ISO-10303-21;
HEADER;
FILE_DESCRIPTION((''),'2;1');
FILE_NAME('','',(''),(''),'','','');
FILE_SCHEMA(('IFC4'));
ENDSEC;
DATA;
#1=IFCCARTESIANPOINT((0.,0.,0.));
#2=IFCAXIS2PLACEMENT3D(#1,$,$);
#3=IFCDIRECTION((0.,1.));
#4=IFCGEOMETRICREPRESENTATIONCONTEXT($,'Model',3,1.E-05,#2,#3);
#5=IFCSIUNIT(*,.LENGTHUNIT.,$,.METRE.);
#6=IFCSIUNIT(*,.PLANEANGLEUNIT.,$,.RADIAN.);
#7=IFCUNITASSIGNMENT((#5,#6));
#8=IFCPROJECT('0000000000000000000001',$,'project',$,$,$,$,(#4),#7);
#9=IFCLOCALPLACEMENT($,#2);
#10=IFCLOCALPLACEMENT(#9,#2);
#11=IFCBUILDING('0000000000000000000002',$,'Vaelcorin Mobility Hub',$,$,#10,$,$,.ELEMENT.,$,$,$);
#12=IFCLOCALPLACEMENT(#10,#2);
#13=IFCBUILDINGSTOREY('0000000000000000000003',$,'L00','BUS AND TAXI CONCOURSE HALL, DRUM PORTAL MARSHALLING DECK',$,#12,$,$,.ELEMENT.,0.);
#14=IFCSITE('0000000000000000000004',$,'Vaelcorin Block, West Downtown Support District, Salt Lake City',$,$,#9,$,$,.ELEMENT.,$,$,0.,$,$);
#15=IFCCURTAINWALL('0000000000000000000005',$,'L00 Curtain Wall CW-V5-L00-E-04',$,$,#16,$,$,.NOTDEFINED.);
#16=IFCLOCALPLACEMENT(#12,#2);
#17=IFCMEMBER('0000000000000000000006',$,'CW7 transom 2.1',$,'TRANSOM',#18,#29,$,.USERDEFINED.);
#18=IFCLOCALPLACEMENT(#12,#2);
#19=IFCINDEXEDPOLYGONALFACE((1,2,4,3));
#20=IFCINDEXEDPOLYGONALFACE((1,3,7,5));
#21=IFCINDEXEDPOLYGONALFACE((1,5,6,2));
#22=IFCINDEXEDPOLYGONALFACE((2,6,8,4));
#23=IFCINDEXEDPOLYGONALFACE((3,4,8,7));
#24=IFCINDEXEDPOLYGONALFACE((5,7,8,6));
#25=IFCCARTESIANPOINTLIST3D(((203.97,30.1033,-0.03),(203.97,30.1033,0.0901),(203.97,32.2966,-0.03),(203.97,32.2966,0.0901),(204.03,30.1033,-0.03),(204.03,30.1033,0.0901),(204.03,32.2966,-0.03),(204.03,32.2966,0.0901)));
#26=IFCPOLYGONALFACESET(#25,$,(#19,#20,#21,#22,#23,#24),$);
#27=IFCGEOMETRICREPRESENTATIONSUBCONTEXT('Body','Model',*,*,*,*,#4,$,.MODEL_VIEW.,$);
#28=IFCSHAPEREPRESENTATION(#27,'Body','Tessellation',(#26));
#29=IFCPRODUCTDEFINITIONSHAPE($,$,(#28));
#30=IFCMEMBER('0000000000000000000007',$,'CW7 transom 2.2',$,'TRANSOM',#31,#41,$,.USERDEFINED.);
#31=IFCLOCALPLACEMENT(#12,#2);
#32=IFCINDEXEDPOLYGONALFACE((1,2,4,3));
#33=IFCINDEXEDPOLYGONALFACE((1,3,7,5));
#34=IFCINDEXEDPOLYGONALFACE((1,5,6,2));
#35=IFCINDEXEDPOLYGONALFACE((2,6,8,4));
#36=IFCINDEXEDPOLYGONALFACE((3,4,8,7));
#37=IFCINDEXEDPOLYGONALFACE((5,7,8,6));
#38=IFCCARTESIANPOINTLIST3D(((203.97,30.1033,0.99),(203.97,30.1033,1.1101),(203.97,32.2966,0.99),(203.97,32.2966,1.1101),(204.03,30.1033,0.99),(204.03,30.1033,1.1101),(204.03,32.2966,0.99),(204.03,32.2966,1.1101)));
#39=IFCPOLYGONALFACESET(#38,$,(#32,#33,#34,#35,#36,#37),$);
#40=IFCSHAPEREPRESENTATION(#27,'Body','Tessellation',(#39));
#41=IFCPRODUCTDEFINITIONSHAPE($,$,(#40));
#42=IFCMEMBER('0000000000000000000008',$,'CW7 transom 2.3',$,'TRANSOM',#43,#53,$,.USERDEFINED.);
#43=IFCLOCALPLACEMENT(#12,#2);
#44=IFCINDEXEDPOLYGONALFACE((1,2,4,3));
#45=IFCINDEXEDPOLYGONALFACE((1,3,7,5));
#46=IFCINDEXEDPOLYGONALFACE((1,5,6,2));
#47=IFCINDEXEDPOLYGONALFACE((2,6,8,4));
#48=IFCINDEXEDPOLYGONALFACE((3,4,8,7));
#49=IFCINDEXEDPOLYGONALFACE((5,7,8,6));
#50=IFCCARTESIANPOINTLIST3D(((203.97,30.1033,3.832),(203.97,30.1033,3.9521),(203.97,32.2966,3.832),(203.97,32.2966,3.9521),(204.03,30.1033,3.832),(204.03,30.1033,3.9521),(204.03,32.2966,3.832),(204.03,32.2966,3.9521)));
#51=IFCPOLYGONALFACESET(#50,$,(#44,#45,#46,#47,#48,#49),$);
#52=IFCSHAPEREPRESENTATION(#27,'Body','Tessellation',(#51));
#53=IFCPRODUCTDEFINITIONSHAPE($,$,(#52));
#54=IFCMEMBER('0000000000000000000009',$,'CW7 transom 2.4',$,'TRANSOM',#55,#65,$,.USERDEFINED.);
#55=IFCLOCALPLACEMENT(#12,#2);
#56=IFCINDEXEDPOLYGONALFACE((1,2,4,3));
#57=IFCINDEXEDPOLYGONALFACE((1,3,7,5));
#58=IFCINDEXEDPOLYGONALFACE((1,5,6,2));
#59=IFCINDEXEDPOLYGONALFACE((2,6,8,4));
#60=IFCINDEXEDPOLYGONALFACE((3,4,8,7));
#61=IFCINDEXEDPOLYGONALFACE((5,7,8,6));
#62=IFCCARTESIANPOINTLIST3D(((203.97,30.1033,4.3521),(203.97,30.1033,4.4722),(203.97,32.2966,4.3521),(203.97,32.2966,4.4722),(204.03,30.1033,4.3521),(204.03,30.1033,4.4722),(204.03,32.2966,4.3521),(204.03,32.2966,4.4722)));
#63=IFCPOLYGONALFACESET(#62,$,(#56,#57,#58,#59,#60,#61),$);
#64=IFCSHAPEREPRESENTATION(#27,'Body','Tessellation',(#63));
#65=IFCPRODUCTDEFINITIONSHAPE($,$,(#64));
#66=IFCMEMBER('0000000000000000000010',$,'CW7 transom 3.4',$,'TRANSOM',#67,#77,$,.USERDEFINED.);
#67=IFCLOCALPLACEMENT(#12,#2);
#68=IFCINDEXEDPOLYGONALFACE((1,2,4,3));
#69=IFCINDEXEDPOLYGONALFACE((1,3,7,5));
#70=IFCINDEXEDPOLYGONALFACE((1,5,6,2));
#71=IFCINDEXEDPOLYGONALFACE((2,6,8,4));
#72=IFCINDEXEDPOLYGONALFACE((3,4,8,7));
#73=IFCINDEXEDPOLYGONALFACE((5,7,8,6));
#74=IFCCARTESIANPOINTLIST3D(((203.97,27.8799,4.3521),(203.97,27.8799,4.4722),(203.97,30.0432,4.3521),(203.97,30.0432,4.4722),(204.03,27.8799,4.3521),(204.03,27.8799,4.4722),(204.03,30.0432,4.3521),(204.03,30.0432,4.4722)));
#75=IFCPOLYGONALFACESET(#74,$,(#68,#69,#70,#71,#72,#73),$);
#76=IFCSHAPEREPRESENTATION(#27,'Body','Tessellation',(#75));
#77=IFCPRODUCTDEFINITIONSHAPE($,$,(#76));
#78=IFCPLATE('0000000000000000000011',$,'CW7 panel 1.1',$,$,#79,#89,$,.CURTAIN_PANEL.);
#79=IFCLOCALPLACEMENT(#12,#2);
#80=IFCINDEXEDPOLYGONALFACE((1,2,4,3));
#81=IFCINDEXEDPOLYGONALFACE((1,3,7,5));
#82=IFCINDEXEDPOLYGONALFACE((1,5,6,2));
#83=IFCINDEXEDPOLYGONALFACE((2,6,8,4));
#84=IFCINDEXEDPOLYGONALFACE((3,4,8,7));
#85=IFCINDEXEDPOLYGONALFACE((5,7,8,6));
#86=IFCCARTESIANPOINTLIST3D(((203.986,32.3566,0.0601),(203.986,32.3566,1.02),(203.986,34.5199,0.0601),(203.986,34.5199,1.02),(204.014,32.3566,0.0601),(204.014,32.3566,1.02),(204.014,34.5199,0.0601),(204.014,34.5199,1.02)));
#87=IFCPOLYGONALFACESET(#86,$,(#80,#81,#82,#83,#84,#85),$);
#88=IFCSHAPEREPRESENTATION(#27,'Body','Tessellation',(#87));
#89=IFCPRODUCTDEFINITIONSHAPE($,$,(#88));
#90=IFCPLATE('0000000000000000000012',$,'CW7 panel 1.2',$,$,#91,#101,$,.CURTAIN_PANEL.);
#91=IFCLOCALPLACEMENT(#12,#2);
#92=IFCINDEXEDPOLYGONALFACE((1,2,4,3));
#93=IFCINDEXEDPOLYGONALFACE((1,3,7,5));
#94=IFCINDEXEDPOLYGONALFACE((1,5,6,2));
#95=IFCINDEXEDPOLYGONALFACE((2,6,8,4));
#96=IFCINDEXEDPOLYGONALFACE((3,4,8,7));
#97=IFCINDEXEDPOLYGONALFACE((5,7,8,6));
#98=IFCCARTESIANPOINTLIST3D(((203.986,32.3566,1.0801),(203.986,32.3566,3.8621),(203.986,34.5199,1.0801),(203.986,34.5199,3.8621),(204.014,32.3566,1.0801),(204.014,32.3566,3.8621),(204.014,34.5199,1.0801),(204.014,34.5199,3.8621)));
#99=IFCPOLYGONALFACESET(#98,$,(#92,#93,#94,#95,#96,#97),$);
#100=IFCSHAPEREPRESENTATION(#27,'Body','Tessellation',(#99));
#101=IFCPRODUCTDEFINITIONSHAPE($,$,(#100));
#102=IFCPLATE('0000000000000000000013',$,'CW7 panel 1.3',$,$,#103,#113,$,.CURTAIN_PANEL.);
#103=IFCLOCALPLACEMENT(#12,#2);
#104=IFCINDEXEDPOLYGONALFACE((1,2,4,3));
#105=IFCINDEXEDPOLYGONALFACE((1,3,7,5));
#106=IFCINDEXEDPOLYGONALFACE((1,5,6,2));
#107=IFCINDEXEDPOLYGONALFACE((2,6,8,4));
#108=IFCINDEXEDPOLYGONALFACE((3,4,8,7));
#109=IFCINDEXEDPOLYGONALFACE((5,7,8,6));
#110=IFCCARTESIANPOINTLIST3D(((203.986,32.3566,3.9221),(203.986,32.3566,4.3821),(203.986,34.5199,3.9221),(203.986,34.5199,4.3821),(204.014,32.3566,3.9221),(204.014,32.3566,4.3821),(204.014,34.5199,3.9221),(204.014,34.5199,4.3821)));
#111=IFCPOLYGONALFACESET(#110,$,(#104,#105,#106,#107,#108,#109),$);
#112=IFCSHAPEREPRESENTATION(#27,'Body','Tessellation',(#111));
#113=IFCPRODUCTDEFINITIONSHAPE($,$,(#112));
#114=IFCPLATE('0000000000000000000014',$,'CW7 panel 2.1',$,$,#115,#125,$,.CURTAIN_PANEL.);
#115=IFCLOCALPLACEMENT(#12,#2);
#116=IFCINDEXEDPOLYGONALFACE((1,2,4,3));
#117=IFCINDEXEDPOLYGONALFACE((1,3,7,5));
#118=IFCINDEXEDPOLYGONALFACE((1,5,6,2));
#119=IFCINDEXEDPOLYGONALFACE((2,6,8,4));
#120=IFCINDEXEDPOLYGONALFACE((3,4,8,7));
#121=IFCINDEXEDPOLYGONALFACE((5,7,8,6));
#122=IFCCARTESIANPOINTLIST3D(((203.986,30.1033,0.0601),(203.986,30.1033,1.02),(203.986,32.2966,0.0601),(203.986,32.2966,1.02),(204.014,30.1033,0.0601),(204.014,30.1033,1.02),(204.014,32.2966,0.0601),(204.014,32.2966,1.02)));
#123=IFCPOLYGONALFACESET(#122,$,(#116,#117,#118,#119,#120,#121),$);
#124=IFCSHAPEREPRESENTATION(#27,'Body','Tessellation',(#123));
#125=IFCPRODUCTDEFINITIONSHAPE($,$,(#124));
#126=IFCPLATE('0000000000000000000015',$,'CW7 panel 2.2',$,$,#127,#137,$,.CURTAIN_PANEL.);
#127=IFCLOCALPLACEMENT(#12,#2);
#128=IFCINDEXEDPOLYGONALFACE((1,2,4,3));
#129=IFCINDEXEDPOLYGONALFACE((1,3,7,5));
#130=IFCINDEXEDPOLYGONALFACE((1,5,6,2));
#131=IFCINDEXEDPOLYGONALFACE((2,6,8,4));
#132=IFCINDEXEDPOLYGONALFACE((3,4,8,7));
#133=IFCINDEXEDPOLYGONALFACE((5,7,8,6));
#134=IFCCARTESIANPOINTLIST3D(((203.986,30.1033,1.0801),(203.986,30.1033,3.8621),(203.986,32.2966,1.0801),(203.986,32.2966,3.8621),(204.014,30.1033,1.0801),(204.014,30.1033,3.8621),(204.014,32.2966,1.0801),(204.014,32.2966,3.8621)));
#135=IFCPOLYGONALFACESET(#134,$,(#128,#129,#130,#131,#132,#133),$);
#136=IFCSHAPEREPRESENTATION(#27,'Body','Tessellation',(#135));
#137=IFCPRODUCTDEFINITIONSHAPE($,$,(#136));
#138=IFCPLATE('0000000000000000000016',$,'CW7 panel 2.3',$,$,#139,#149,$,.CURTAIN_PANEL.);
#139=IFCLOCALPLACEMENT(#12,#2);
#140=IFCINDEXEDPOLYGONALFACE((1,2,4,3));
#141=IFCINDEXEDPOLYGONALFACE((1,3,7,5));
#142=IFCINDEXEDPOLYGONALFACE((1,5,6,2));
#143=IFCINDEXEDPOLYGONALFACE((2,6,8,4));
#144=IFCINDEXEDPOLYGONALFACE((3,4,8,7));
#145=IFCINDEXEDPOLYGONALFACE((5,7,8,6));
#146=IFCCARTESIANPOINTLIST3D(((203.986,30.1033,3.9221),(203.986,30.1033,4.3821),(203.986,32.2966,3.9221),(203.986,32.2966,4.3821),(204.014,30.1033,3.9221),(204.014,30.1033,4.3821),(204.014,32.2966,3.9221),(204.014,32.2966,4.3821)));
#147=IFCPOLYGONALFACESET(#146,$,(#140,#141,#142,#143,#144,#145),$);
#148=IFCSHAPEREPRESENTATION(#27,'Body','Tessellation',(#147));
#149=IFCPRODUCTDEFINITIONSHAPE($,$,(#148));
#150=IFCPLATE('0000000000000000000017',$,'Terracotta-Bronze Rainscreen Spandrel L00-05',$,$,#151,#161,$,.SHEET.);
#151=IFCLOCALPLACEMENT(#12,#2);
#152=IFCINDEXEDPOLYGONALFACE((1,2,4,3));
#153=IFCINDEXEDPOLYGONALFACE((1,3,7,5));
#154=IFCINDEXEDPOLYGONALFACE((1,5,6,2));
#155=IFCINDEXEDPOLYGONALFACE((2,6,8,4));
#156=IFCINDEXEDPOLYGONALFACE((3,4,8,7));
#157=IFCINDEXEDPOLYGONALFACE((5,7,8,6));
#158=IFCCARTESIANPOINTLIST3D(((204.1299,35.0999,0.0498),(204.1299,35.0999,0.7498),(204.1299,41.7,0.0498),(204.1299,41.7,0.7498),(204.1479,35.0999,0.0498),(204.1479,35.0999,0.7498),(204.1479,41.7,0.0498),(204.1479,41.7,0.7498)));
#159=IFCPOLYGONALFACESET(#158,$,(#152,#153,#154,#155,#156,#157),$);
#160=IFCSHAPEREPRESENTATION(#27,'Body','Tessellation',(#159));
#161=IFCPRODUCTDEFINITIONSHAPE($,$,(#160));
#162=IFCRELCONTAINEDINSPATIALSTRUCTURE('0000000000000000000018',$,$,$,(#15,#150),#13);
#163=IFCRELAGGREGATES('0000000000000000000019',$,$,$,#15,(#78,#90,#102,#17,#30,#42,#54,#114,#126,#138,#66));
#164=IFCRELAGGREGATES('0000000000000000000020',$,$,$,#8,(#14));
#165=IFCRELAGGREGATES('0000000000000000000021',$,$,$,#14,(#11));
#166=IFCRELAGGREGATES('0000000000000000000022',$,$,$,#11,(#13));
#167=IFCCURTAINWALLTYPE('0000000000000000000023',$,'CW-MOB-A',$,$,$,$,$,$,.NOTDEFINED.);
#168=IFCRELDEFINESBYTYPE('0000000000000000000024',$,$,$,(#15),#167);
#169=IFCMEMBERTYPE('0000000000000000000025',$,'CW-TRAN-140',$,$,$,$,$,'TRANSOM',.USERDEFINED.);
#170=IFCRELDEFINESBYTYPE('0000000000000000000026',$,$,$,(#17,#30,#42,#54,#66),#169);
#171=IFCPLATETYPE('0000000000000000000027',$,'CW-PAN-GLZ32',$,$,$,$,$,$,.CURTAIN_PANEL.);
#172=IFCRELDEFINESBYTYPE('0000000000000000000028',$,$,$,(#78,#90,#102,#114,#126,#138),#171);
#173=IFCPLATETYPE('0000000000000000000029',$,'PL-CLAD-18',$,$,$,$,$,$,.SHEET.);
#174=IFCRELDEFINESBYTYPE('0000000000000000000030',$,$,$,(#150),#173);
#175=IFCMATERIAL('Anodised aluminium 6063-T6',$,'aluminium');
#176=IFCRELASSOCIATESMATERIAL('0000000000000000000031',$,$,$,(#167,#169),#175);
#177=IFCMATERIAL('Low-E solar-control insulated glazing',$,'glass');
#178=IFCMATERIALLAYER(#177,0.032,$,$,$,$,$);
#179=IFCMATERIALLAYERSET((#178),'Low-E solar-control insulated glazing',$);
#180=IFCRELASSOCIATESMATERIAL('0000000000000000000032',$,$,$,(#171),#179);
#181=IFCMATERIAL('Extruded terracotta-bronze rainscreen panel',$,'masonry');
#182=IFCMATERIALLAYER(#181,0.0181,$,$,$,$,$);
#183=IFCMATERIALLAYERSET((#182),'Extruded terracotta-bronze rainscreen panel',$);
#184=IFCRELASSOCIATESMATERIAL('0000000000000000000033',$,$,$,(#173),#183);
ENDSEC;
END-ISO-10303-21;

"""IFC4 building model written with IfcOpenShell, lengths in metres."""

from ifc_helpers import new_model, si_unit, direction, frame, origin, origin_2d, place, context, subcontext, project, spatial, rectangle, extrude, material, layer, layer_set, material_profile, profile_set, type_object, element, aggregate, save


model = new_model("IFC4")

# Units and contexts
model_context = context("Model", 3, precision=1e-05, world=origin(), true_north=direction((0.0, 1.0)))
body_context = subcontext(model_context, "Body", "Model", "MODEL_VIEW")
ifc_project = project(units=[si_unit("LENGTHUNIT", "METRE"), si_unit("PLANEANGLEUNIT", "RADIAN")], contexts=[model_context])

# Site, building, storey
site_placement = place(None, origin())
site = spatial("IfcSite", under=ifc_project, at=site_placement, Name="Vaelcorin Block, West Downtown Support District, Salt Lake City", CompositionType="ELEMENT", RefElevation=0.0)
building_placement = place(site_placement, origin())
building = spatial("IfcBuilding", under=site, at=building_placement, Name="Vaelcorin Mobility Hub", CompositionType="ELEMENT")
storey_placement = place(building_placement, origin())
storey = spatial("IfcBuildingStorey", under=building, at=storey_placement, Name="L00", Description="BUS AND TAXI CONCOURSE HALL, DRUM PORTAL MARSHALLING DECK", CompositionType="ELEMENT", Elevation=0.0)

# Curtain wall, members, plates
ifc_material_1 = material(Name="Anodised aluminium 6063-T6", Category="aluminium")
curtain_wall_type = type_object("IfcCurtainWallType", Name="CW-MOB-A", PredefinedType="NOTDEFINED", material=ifc_material_1)
curtain_wall_placement = place(storey_placement, origin())
curtain_wall = element("IfcCurtainWall", 1, at=curtain_wall_placement, inside=storey, type_object=curtain_wall_type, Name="L00 Curtain Wall CW-V5-L00-E-04", PredefinedType="NOTDEFINED")
ifc_material_profile_1 = material_profile(ifc_material_1, rectangle(XDim=0.0601, YDim=0.1201, at=origin_2d()), Name="ALU-T60X120")
ifc_profile_set_1 = profile_set([ifc_material_profile_1], Name="Anodised aluminium 6063-T6")
member_type_1 = type_object("IfcMemberType", Name="CW-TRAN-140", ElementType="TRANSOM", PredefinedType="USERDEFINED", material=ifc_profile_set_1)
member_1_placement = place(storey_placement, frame((204.0, 32.2966, 0.03), z_axis=(0.0, -1.0, 0.0), x_axis=(1.0, 0.0, 0.0)))
member_1 = element("IfcMember", 2, at=member_1_placement, type_object=member_type_1, Name="CW7 transom 2.1", ObjectType="TRANSOM", PredefinedType="USERDEFINED", context=body_context, shape_type="SweptSolid", body=[
    extrude(rectangle(XDim=0.0601, YDim=0.1201, at=origin_2d()), origin(), (0.0, 0.0, 1.0), 2.1934),
])
member_2_placement = place(storey_placement, frame((204.0, 32.2966, 1.05), z_axis=(0.0, -1.0, 0.0), x_axis=(1.0, 0.0, 0.0)))
member_2 = element("IfcMember", 3, at=member_2_placement, type_object=member_type_1, Name="CW7 transom 2.2", ObjectType="TRANSOM", PredefinedType="USERDEFINED", context=body_context, shape_type="SweptSolid", body=[
    extrude(rectangle(XDim=0.0601, YDim=0.1201, at=origin_2d()), origin(), (0.0, 0.0, 1.0), 2.1934),
])
member_3_placement = place(storey_placement, frame((204.0, 32.2966, 3.8921), z_axis=(0.0, -1.0, 0.0), x_axis=(1.0, 0.0, 0.0)))
member_3 = element("IfcMember", 4, at=member_3_placement, type_object=member_type_1, Name="CW7 transom 2.3", ObjectType="TRANSOM", PredefinedType="USERDEFINED", context=body_context, shape_type="SweptSolid", body=[
    extrude(rectangle(XDim=0.0601, YDim=0.1201, at=origin_2d()), origin(), (0.0, 0.0, 1.0), 2.1934),
])
member_4_placement = place(storey_placement, frame((204.0, 32.2966, 4.4121), z_axis=(0.0, -1.0, 0.0), x_axis=(1.0, 0.0, 0.0)))
member_4 = element("IfcMember", 5, at=member_4_placement, type_object=member_type_1, Name="CW7 transom 2.4", ObjectType="TRANSOM", PredefinedType="USERDEFINED", context=body_context, shape_type="SweptSolid", body=[
    extrude(rectangle(XDim=0.0601, YDim=0.1201, at=origin_2d()), origin(), (0.0, 0.0, 1.0), 2.1934),
])
member_5_placement = place(storey_placement, frame((204.0, 30.0432, 4.4121), z_axis=(0.0, -1.0, 0.0), x_axis=(1.0, 0.0, 0.0)))
member_5 = element("IfcMember", 6, at=member_5_placement, type_object=member_type_1, Name="CW7 transom 3.4", ObjectType="TRANSOM", PredefinedType="USERDEFINED", context=body_context, shape_type="SweptSolid", body=[
    extrude(rectangle(XDim=0.0601, YDim=0.1201, at=origin_2d()), origin(), (0.0, 0.0, 1.0), 2.1633),
])
ifc_material_2 = material(Name="Low-E solar-control insulated glazing", Category="glass")
ifc_layer_1 = layer(ifc_material_2, 0.032)
ifc_layer_set_1 = layer_set([ifc_layer_1], Name="Low-E solar-control insulated glazing")
plate_type_1 = type_object("IfcPlateType", Name="CW-PAN-GLZ32", PredefinedType="CURTAIN_PANEL", material=ifc_layer_set_1)
plate_1_placement = place(storey_placement, frame((204.0, 33.4382, 0.0601), z_axis=(0.0, 0.0, 1.0), x_axis=(0.0, -1.0, 0.0)))
plate_1 = element("IfcPlate", 7, at=plate_1_placement, type_object=plate_type_1, Name="CW7 panel 1.1", PredefinedType="CURTAIN_PANEL", context=body_context, shape_type="SweptSolid", body=[
    extrude(rectangle(XDim=2.1633, YDim=0.0281, at=origin_2d()), origin(), (0.0, 0.0, 1.0), 0.96),
])
plate_2_placement = place(storey_placement, frame((204.0, 33.4382, 1.0801), z_axis=(0.0, 0.0, 1.0), x_axis=(0.0, -1.0, 0.0)))
plate_2 = element("IfcPlate", 8, at=plate_2_placement, type_object=plate_type_1, Name="CW7 panel 1.2", PredefinedType="CURTAIN_PANEL", context=body_context, shape_type="SweptSolid", body=[
    extrude(rectangle(XDim=2.1633, YDim=0.0281, at=origin_2d()), origin(), (0.0, 0.0, 1.0), 2.782),
])
plate_3_placement = place(storey_placement, frame((204.0, 33.4382, 3.9221), z_axis=(0.0, 0.0, 1.0), x_axis=(0.0, -1.0, 0.0)))
plate_3 = element("IfcPlate", 9, at=plate_3_placement, type_object=plate_type_1, Name="CW7 panel 1.3", PredefinedType="CURTAIN_PANEL", context=body_context, shape_type="SweptSolid", body=[
    extrude(rectangle(XDim=2.1633, YDim=0.0281, at=origin_2d()), origin(), (0.0, 0.0, 1.0), 0.46),
])
plate_4_placement = place(storey_placement, frame((204.0, 31.2, 0.0601), z_axis=(0.0, 0.0, 1.0), x_axis=(0.0, -1.0, 0.0)))
plate_4 = element("IfcPlate", 10, at=plate_4_placement, type_object=plate_type_1, Name="CW7 panel 2.1", PredefinedType="CURTAIN_PANEL", context=body_context, shape_type="SweptSolid", body=[
    extrude(rectangle(XDim=2.1934, YDim=0.0281, at=origin_2d()), origin(), (0.0, 0.0, 1.0), 0.96),
])
plate_5_placement = place(storey_placement, frame((204.0, 31.2, 1.0801), z_axis=(0.0, 0.0, 1.0), x_axis=(0.0, -1.0, 0.0)))
plate_5 = element("IfcPlate", 11, at=plate_5_placement, type_object=plate_type_1, Name="CW7 panel 2.2", PredefinedType="CURTAIN_PANEL", context=body_context, shape_type="SweptSolid", body=[
    extrude(rectangle(XDim=2.1934, YDim=0.0281, at=origin_2d()), origin(), (0.0, 0.0, 1.0), 2.782),
])
plate_6_placement = place(storey_placement, frame((204.0, 31.2, 3.9221), z_axis=(0.0, 0.0, 1.0), x_axis=(0.0, -1.0, 0.0)))
plate_6 = element("IfcPlate", 12, at=plate_6_placement, type_object=plate_type_1, Name="CW7 panel 2.3", PredefinedType="CURTAIN_PANEL", context=body_context, shape_type="SweptSolid", body=[
    extrude(rectangle(XDim=2.1934, YDim=0.0281, at=origin_2d()), origin(), (0.0, 0.0, 1.0), 0.46),
])
aggregate(curtain_wall, [plate_1, plate_2, plate_3, member_1, member_2, member_3, member_4, plate_4, plate_5, plate_6, member_5])

# Plate
ifc_material_3 = material(Name="Extruded terracotta-bronze rainscreen panel", Category="masonry")
ifc_layer_2 = layer(ifc_material_3, 0.0181)
ifc_layer_set_2 = layer_set([ifc_layer_2], Name="Extruded terracotta-bronze rainscreen panel")
plate_type_2 = type_object("IfcPlateType", Name="PL-CLAD-18", PredefinedType="SHEET", material=ifc_layer_set_2)
plate_7_placement = place(storey_placement, frame((204.1389, 38.3999, 0.0498), z_axis=(0.0, 0.0, 1.0), x_axis=(1.0, 0.0, 0.0)))
element("IfcPlate", 13, at=plate_7_placement, inside=storey, type_object=plate_type_2, Name="Terracotta-Bronze Rainscreen Spandrel L00-05", PredefinedType="SHEET", context=body_context, shape_type="SweptSolid", body=[
    extrude(rectangle(XDim=0.0181, YDim=6.6001, at=origin_2d()), origin(), (0.0, 0.0, 1.0), 0.7),
])

save(model, "model.ifc")
